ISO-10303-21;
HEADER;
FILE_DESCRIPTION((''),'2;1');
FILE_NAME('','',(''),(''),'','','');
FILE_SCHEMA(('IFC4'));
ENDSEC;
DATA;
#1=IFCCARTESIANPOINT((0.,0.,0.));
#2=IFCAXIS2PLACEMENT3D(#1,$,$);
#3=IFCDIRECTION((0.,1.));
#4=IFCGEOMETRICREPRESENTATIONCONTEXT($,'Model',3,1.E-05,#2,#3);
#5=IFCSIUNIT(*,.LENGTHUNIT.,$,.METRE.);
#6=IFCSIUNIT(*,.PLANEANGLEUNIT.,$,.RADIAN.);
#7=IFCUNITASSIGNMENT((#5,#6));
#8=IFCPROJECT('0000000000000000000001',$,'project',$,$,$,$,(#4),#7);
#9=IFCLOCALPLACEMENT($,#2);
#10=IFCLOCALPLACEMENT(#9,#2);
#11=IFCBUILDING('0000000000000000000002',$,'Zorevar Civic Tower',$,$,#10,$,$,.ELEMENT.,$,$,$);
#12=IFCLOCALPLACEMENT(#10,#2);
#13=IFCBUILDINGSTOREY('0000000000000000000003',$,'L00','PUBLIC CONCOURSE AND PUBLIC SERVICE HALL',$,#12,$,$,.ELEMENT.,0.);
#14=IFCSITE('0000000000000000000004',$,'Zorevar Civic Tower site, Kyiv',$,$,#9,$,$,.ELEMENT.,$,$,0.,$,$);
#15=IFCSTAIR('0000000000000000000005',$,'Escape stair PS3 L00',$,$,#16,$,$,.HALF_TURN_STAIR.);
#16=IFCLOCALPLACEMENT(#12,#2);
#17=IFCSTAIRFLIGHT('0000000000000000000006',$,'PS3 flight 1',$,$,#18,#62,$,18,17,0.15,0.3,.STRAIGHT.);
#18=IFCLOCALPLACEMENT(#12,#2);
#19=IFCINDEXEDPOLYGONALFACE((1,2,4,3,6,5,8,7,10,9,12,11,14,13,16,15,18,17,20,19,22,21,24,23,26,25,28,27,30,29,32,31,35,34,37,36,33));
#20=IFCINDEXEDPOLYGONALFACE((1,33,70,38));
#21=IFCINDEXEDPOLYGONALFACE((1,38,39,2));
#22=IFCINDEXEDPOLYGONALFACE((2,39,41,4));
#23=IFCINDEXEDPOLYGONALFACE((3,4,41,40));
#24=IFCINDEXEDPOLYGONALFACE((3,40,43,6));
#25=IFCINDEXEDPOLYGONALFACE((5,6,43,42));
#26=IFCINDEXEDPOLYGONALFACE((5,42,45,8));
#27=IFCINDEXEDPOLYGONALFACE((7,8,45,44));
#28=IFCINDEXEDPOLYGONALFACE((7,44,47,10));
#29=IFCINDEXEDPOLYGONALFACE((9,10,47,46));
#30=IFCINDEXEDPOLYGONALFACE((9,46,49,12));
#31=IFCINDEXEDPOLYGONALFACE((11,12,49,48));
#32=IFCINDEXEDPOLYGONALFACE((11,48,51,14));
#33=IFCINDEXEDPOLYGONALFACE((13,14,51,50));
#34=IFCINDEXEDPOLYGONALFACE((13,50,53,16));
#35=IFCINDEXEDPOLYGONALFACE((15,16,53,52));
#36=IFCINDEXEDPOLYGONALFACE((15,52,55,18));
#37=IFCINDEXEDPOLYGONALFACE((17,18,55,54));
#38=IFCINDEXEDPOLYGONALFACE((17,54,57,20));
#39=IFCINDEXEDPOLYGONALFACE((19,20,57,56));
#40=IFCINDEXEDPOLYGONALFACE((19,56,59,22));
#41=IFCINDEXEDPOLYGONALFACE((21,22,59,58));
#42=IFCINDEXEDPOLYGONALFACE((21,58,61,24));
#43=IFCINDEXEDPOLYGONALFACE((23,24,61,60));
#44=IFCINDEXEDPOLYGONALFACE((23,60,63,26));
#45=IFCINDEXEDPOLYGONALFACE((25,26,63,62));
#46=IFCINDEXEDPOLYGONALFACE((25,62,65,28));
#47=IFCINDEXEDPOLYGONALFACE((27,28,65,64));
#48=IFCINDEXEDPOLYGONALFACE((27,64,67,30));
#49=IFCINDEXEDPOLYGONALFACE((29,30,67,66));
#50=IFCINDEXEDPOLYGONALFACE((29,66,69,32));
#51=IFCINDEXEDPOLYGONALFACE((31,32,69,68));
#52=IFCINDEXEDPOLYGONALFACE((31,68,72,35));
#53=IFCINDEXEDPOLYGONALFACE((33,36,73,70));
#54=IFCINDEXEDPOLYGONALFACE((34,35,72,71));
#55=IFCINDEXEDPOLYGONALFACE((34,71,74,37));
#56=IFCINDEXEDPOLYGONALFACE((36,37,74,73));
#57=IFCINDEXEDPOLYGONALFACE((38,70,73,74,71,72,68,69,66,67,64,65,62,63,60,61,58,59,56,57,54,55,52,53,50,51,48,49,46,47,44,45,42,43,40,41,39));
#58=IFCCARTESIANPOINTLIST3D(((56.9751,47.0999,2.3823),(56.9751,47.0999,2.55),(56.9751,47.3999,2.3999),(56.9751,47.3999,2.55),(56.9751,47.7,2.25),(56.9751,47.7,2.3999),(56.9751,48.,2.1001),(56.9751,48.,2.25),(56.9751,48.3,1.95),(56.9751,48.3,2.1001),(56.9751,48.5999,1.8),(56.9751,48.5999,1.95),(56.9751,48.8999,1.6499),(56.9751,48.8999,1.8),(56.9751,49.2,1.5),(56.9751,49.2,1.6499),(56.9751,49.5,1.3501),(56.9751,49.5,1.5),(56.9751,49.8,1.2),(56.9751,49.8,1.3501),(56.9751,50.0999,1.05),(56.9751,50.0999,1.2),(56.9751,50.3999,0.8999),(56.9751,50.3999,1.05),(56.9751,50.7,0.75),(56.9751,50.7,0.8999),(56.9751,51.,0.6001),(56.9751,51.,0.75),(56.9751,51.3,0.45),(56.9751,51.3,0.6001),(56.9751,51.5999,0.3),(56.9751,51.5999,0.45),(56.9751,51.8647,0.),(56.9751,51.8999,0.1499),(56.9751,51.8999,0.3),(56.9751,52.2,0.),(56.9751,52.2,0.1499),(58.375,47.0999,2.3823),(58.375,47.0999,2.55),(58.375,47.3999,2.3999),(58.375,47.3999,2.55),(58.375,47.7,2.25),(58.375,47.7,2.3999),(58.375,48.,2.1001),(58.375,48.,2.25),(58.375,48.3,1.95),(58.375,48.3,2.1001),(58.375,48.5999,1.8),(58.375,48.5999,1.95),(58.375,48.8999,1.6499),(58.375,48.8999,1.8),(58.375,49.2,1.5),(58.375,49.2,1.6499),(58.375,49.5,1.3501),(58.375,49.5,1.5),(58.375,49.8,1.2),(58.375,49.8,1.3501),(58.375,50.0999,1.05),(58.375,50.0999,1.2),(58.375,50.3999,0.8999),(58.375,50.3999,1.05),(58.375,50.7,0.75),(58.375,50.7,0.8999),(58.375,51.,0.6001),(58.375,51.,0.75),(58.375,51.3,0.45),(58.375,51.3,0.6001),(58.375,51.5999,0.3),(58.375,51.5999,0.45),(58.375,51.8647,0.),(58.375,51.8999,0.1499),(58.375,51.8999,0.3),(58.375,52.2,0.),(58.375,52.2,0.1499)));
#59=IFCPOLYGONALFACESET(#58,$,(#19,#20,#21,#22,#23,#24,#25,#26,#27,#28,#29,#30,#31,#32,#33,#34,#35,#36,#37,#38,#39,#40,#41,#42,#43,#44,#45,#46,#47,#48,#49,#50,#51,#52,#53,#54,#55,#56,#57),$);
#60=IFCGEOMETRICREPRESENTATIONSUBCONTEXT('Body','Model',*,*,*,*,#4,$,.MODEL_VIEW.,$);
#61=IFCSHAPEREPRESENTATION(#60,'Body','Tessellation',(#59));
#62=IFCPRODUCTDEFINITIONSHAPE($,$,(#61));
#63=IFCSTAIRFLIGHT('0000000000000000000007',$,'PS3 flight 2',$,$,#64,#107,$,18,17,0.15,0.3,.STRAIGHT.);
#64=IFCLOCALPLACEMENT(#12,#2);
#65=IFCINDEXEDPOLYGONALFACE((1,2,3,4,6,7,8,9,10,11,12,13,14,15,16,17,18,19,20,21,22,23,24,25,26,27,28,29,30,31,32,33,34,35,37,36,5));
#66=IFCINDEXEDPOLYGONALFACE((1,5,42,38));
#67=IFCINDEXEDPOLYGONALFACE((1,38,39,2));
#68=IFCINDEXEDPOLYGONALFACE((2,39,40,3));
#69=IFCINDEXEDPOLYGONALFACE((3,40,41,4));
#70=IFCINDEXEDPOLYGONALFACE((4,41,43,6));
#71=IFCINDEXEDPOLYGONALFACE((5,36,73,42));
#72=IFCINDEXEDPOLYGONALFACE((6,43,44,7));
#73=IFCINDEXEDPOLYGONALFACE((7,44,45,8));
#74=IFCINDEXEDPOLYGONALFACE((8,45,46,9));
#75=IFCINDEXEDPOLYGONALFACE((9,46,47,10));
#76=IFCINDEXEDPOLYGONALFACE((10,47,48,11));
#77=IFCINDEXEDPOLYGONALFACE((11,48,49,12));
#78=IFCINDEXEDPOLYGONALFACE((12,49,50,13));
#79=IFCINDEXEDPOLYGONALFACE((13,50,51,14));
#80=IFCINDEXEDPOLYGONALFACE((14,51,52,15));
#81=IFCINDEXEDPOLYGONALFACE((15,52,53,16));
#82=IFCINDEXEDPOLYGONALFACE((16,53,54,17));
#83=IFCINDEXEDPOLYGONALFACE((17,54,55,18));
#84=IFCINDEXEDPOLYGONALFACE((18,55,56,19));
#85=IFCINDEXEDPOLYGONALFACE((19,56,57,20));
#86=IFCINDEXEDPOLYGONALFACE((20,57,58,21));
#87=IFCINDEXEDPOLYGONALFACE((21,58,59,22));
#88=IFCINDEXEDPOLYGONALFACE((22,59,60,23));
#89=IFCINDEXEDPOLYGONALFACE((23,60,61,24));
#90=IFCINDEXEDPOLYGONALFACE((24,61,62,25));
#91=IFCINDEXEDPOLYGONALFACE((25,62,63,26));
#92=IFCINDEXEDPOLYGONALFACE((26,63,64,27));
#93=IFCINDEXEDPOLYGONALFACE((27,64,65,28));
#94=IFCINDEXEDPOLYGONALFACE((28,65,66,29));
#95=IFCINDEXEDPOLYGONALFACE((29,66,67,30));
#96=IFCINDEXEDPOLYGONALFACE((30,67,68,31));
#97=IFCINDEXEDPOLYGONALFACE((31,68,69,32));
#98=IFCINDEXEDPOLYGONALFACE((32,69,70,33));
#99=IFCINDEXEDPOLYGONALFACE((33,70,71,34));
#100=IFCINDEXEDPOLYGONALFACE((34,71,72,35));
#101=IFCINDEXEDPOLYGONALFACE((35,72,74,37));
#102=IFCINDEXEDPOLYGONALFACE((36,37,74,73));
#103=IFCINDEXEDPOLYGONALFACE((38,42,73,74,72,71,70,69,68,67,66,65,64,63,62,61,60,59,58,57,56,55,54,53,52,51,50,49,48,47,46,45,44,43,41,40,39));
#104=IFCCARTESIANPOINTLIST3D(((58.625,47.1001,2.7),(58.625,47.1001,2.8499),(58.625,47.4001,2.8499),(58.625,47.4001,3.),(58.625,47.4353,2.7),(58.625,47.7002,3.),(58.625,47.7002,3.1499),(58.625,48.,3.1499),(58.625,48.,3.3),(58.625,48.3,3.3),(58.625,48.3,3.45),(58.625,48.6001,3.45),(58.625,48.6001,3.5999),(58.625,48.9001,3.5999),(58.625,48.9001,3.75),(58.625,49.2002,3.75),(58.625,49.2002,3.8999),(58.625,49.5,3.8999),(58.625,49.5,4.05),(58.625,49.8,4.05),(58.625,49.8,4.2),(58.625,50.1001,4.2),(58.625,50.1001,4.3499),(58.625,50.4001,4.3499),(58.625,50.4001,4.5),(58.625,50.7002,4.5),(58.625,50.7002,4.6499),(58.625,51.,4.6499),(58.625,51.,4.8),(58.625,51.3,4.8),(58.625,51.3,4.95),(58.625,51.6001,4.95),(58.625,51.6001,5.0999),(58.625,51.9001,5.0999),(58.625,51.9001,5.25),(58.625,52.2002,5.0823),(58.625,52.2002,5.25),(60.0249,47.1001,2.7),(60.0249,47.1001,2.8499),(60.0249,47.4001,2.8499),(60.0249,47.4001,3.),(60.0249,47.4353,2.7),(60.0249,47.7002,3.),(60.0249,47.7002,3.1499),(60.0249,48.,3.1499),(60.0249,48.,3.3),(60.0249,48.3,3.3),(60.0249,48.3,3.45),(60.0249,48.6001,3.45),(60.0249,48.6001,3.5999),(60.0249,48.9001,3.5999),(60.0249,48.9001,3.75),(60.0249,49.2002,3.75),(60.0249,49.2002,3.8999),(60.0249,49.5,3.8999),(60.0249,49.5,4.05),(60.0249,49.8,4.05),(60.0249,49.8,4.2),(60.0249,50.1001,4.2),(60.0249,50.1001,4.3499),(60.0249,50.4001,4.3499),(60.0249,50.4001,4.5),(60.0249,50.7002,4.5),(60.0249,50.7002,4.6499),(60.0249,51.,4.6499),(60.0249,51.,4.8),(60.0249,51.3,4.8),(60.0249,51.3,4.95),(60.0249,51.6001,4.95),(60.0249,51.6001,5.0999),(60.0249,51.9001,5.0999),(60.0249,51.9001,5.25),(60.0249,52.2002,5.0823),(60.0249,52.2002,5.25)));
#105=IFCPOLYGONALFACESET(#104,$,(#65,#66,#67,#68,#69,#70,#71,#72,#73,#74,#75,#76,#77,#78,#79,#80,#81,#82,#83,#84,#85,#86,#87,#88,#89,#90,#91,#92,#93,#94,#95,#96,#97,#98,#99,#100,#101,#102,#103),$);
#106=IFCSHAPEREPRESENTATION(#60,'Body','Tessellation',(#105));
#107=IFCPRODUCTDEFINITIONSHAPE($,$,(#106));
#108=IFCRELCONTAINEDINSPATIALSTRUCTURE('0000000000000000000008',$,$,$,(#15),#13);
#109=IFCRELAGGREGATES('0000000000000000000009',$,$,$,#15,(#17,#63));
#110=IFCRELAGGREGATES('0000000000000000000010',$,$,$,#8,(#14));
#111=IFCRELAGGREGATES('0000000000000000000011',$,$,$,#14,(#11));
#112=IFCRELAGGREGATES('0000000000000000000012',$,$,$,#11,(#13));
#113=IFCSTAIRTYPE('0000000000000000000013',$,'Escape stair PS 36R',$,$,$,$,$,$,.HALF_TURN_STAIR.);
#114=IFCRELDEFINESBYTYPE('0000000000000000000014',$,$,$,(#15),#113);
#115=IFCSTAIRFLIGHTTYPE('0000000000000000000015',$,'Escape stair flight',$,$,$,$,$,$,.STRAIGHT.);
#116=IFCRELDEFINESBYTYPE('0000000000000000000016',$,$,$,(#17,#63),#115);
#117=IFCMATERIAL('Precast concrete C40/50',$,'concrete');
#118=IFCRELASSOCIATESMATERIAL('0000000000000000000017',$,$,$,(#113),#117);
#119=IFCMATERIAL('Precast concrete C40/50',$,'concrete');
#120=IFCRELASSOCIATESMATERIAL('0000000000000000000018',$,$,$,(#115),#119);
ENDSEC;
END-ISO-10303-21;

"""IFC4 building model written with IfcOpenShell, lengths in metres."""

from ifc_helpers import new_model, si_unit, direction, frame, origin, place, context, subcontext, project, spatial, polyline, outline, extrude, material, type_object, element, aggregate, save


model = new_model("IFC4")

# Units and contexts
model_context = context("Model", 3, precision=1e-05, world=origin(), true_north=direction((0.0, 1.0)))
body_context = subcontext(model_context, "Body", "Model", "MODEL_VIEW")
ifc_project = project(units=[si_unit("LENGTHUNIT", "METRE"), si_unit("PLANEANGLEUNIT", "RADIAN")], contexts=[model_context])

# Site, building, storey
site_placement = place(None, origin())
site = spatial("IfcSite", under=ifc_project, at=site_placement, Name="Zorevar Civic Tower site, Kyiv", CompositionType="ELEMENT", RefElevation=0.0)
building_placement = place(site_placement, origin())
building = spatial("IfcBuilding", under=site, at=building_placement, Name="Zorevar Civic Tower", CompositionType="ELEMENT")
storey_placement = place(building_placement, origin())
storey = spatial("IfcBuildingStorey", under=building, at=storey_placement, Name="L00", Description="PUBLIC CONCOURSE AND PUBLIC SERVICE HALL", CompositionType="ELEMENT", Elevation=0.0)

# Stair, stair flights
ifc_material_1 = material(Name="Precast concrete C40/50", Category="concrete")
stair_type = type_object("IfcStairType", Name="Escape stair PS 36R", PredefinedType="HALF_TURN_STAIR", material=ifc_material_1)
stair_placement = place(storey_placement, origin())
stair = element("IfcStair", 1, at=stair_placement, inside=storey, type_object=stair_type, Name="Escape stair PS3 L00", PredefinedType="HALF_TURN_STAIR")
ifc_material_2 = material(Name="Precast concrete C40/50", Category="concrete")
stair_flight_type = type_object("IfcStairFlightType", Name="Escape stair flight", PredefinedType="STRAIGHT", material=ifc_material_2)
stair_flight_1_placement = place(storey_placement, frame((57.675, 52.2, 0.0), z_axis=(0.0, 0.0, 1.0), x_axis=(0.0, -1.0, 0.0)))
stair_flight_1 = element("IfcStairFlight", 2, at=stair_flight_1_placement, type_object=stair_flight_type, Name="PS3 flight 1", NumberOfRisers=18, NumberOfTreads=17, PredefinedType="STRAIGHT", RiserHeight=0.15, TreadLength=0.3, context=body_context, shape_type="SweptSolid", body=[
    extrude(outline(polyline([(0.0, 0.0), (0.0, 0.1499), (0.3, 0.1499), (0.3, 0.3), (0.6001, 0.3), (0.6001, 0.45), (0.8999, 0.45), (0.8999, 0.6001), (1.2, 0.6001), (1.2, 0.75), (1.5, 0.75), (1.5, 0.8999), (1.8, 0.8999), (1.8, 1.05), (2.1001, 1.05), (2.1001, 1.2), (2.3999, 1.2), (2.3999, 1.3501), (2.7, 1.3501), (2.7, 1.5), (3.0, 1.5), (3.0, 1.6499), (3.3, 1.6499), (3.3, 1.8), (3.6001, 1.8), (3.6001, 1.95), (3.8999, 1.95), (3.8999, 2.1001), (4.2, 2.1001), (4.2, 2.25), (4.5, 2.25), (4.5, 2.3999), (4.8, 2.3999), (4.8, 2.55), (5.1001, 2.55), (5.1001, 2.7), (5.1001, 2.3823), (0.3352, 0.0), (0.0, 0.0)])), frame((0.0, 0.7, 0.0), z_axis=(0.0, -1.0, 0.0), x_axis=(1.0, 0.0, 0.0)), (0.0, 0.0, 1.0), 1.3999),
])
stair_flight_2_placement = place(storey_placement, frame((59.325, 47.1001, 2.7), z_axis=(0.0, 0.0, 1.0), x_axis=(0.0, 1.0, 0.0)))
stair_flight_2 = element("IfcStairFlight", 3, at=stair_flight_2_placement, type_object=stair_flight_type, Name="PS3 flight 2", NumberOfRisers=18, NumberOfTreads=17, PredefinedType="STRAIGHT", RiserHeight=0.15, TreadLength=0.3, context=body_context, shape_type="SweptSolid", body=[
    extrude(outline(polyline([(0.0, 0.0), (0.0, 0.1499), (0.3, 0.1499), (0.3, 0.3), (0.6001, 0.3), (0.6001, 0.45), (0.8999, 0.45), (0.8999, 0.6001), (1.2, 0.6001), (1.2, 0.75), (1.5, 0.75), (1.5, 0.8999), (1.8, 0.8999), (1.8, 1.05), (2.1001, 1.05), (2.1001, 1.2), (2.3999, 1.2), (2.3999, 1.3501), (2.7, 1.3501), (2.7, 1.5), (3.0, 1.5), (3.0, 1.6499), (3.3, 1.6499), (3.3, 1.8), (3.6001, 1.8), (3.6001, 1.95), (3.8999, 1.95), (3.8999, 2.1001), (4.2, 2.1001), (4.2, 2.25), (4.5, 2.25), (4.5, 2.3999), (4.8, 2.3999), (4.8, 2.55), (5.1001, 2.55), (5.1001, 2.7), (5.1001, 2.3823), (0.3352, 0.0), (0.0, 0.0)])), frame((0.0, 0.7, 0.0), z_axis=(0.0, -1.0, 0.0), x_axis=(1.0, 0.0, 0.0)), (0.0, 0.0, 1.0), 1.3999),
])
aggregate(stair, [stair_flight_1, stair_flight_2])

save(model, "model.ifc")
